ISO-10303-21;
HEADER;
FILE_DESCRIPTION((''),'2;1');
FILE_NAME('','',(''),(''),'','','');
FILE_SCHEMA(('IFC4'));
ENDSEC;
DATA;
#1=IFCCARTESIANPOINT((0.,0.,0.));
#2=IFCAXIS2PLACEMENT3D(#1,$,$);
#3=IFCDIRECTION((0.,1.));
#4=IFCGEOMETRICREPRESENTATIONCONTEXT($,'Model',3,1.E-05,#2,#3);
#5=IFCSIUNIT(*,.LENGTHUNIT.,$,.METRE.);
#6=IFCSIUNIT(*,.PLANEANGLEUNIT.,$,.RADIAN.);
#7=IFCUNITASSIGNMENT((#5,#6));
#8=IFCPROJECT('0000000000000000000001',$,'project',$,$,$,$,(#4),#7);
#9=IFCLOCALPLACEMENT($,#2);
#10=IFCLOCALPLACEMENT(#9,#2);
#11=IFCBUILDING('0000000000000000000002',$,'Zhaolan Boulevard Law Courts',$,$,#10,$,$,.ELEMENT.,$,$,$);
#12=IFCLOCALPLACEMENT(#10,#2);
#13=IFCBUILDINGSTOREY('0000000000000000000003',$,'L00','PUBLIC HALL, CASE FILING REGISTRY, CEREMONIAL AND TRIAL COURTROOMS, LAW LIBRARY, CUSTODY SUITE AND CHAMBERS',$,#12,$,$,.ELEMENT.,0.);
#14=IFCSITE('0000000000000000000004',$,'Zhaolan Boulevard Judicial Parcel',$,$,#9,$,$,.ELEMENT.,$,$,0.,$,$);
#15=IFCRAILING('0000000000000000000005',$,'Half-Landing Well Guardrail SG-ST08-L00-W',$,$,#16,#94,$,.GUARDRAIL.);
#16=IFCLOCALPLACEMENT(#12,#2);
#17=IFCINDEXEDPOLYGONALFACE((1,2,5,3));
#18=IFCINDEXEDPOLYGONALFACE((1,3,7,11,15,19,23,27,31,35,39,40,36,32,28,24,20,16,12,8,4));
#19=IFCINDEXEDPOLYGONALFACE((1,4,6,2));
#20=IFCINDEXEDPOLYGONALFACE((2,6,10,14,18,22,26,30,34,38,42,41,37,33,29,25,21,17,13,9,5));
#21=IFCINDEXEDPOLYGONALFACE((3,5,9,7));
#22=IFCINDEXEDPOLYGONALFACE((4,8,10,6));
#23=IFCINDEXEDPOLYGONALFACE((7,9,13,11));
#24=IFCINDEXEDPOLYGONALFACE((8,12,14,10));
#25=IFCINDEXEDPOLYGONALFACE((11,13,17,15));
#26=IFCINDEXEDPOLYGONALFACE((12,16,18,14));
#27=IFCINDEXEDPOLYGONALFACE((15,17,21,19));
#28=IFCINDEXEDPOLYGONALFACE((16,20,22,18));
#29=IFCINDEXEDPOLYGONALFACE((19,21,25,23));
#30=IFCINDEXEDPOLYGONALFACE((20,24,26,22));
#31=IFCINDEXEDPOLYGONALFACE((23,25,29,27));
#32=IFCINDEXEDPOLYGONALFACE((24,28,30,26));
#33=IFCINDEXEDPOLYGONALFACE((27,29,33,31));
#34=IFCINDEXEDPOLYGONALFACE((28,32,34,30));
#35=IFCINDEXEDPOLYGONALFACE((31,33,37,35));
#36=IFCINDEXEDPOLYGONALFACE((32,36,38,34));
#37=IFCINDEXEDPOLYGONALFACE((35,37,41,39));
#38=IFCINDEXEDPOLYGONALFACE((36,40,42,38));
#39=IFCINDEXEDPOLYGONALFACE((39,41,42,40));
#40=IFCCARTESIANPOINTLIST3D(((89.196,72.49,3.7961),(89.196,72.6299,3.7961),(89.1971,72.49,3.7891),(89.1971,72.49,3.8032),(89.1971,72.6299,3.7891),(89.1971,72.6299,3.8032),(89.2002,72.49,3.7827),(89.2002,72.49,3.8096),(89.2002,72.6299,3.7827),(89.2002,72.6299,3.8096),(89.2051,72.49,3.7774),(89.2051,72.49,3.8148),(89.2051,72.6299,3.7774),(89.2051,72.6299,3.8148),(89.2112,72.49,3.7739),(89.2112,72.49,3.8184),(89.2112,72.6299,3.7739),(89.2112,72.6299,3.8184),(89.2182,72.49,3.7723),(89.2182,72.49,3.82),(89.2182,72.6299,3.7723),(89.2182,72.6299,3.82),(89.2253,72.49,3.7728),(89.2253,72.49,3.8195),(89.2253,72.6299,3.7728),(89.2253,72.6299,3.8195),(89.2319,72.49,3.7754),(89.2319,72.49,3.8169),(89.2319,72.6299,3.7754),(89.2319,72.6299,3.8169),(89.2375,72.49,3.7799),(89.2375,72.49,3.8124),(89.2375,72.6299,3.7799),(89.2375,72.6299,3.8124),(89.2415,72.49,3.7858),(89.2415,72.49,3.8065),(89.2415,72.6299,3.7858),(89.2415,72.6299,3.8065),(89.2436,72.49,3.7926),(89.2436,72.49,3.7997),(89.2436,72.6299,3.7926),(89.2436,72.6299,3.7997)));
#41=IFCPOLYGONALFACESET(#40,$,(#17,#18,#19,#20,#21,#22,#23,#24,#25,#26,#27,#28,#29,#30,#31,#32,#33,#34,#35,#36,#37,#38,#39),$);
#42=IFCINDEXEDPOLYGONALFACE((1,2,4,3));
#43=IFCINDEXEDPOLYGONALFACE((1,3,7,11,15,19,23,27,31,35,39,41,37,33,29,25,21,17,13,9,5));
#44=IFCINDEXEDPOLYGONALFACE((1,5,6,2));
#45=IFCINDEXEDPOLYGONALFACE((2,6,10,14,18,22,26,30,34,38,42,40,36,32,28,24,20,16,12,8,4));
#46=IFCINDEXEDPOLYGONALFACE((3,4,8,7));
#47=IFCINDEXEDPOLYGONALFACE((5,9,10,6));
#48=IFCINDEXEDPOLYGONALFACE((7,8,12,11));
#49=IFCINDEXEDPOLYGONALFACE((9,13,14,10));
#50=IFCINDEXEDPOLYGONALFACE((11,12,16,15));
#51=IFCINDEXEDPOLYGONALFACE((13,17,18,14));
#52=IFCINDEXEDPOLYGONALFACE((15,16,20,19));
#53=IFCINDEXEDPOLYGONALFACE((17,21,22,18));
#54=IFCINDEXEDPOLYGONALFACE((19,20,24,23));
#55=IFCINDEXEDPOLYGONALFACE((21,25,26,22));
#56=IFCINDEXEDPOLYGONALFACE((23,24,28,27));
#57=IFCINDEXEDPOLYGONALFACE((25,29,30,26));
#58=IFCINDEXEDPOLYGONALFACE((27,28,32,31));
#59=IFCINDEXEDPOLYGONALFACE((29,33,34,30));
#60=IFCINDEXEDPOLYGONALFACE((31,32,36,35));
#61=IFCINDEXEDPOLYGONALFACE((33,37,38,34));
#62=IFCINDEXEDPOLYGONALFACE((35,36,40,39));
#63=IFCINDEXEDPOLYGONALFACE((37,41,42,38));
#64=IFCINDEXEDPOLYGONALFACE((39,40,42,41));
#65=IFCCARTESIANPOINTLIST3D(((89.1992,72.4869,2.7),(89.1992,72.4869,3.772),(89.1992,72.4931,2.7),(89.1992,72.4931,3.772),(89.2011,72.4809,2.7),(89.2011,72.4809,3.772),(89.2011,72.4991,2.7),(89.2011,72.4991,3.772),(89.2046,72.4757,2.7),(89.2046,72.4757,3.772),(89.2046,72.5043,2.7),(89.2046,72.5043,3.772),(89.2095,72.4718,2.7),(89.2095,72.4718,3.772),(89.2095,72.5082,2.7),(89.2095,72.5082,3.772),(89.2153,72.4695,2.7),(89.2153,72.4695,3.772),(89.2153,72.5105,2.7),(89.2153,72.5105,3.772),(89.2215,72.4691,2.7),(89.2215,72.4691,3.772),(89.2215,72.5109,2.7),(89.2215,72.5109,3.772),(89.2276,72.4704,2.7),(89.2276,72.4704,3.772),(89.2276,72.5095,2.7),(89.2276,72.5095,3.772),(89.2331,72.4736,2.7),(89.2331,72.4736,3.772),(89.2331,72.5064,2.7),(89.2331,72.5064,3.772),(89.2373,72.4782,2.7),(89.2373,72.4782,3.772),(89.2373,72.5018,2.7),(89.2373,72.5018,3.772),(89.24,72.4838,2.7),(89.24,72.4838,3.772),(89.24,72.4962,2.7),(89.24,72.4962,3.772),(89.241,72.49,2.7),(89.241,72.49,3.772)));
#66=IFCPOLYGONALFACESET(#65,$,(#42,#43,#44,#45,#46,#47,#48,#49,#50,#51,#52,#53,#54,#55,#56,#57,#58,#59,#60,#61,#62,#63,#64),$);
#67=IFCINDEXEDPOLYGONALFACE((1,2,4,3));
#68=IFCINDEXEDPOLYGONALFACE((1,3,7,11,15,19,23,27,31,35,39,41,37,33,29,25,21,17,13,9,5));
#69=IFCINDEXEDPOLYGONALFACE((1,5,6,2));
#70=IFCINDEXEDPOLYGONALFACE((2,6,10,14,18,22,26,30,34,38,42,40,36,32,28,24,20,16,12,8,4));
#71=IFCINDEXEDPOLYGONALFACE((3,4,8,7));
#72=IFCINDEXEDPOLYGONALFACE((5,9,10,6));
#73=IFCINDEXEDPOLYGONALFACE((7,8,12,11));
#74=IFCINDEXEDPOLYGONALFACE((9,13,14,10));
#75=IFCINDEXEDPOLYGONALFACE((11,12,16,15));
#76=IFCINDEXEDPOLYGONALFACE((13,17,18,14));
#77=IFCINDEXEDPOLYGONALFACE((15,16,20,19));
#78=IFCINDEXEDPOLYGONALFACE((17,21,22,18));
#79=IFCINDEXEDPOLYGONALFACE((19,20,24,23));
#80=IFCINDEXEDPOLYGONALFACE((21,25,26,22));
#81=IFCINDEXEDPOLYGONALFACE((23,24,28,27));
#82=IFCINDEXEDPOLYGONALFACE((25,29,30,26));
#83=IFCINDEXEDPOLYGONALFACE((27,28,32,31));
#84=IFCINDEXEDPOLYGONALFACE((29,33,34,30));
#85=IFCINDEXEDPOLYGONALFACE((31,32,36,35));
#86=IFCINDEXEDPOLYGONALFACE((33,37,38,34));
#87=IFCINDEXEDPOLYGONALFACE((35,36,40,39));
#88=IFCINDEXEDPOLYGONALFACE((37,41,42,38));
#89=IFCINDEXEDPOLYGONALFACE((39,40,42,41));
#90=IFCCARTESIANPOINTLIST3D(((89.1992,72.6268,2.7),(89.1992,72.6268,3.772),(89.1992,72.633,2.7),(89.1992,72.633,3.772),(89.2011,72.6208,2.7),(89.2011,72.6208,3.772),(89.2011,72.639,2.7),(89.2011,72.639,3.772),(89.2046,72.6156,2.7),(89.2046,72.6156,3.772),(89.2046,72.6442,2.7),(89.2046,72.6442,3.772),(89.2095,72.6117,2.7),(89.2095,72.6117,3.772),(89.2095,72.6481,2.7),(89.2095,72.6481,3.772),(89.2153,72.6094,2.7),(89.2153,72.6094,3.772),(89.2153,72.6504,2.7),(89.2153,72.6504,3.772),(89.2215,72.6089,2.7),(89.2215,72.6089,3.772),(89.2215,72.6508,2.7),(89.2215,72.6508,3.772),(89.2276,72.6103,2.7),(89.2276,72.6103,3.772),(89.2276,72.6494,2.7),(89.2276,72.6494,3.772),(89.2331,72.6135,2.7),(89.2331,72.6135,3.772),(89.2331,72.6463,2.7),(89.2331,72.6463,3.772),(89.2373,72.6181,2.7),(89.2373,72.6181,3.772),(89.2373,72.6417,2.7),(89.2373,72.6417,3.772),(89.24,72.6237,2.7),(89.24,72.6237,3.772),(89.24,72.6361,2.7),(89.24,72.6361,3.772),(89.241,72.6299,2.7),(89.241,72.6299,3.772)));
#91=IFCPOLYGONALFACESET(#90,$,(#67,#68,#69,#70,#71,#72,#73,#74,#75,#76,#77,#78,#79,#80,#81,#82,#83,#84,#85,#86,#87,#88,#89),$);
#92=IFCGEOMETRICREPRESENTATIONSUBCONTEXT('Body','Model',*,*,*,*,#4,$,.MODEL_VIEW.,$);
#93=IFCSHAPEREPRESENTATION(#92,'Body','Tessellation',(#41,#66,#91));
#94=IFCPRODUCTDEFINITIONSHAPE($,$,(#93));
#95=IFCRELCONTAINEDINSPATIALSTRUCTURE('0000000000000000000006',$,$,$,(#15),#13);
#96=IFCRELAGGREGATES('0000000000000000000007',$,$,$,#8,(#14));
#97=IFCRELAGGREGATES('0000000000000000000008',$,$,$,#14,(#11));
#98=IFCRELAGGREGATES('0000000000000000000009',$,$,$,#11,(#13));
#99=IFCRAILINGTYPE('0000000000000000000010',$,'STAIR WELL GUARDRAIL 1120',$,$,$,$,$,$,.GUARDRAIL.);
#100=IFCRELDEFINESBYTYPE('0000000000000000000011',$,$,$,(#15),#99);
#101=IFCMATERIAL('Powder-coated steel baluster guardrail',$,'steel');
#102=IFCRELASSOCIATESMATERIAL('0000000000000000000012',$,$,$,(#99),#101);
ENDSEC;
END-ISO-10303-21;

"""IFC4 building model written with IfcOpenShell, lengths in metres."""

from ifc_helpers import new_model, si_unit, direction, frame, origin, origin_2d, place, context, subcontext, project, spatial, circle, extrude, material, type_object, element, save


model = new_model("IFC4")

# Units and contexts
model_context = context("Model", 3, precision=1e-05, world=origin(), true_north=direction((0.0, 1.0)))
body_context = subcontext(model_context, "Body", "Model", "MODEL_VIEW")
ifc_project = project(units=[si_unit("LENGTHUNIT", "METRE"), si_unit("PLANEANGLEUNIT", "RADIAN")], contexts=[model_context])

# Site, building, storey
site_placement = place(None, origin())
site = spatial("IfcSite", under=ifc_project, at=site_placement, Name="Zhaolan Boulevard Judicial Parcel", CompositionType="ELEMENT", RefElevation=0.0)
building_placement = place(site_placement, origin())
building = spatial("IfcBuilding", under=site, at=building_placement, Name="Zhaolan Boulevard Law Courts", CompositionType="ELEMENT")
storey_placement = place(building_placement, origin())
storey = spatial("IfcBuildingStorey", under=building, at=storey_placement, Name="L00", Description="PUBLIC HALL, CASE FILING REGISTRY, CEREMONIAL AND TRIAL COURTROOMS, LAW LIBRARY, CUSTODY SUITE AND CHAMBERS", CompositionType="ELEMENT", Elevation=0.0)

# Railing
ifc_material_1 = material(Name="Powder-coated steel baluster guardrail", Category="steel")
railing_type_1 = type_object("IfcRailingType", Name="STAIR WELL GUARDRAIL 1120", PredefinedType="GUARDRAIL", material=ifc_material_1)
railing_1_placement = place(storey_placement, frame((89.22, 72.49, 2.7)))
element("IfcRailing", 1, at=railing_1_placement, inside=storey, type_object=railing_type_1, Name="Half-Landing Well Guardrail SG-ST08-L00-W", PredefinedType="GUARDRAIL", context=body_context, shape_type="SweptSolid", body=[
    extrude(circle(Radius=0.0239, at=origin_2d()), frame((0.0, 0.0, 1.0962), z_axis=(0.0, 1.0, 0.0), x_axis=(-1.0, 0.0, 0.0)), (0.0, 0.0, 1.0), 0.1399),
    extrude(circle(Radius=0.021, at=origin_2d()), origin(), (0.0, 0.0, 1.0), 1.072),
    extrude(circle(Radius=0.021, at=origin_2d()), frame((0.0, 0.1399, 0.0)), (0.0, 0.0, 1.0), 1.072),
])

save(model, "model.ifc")
